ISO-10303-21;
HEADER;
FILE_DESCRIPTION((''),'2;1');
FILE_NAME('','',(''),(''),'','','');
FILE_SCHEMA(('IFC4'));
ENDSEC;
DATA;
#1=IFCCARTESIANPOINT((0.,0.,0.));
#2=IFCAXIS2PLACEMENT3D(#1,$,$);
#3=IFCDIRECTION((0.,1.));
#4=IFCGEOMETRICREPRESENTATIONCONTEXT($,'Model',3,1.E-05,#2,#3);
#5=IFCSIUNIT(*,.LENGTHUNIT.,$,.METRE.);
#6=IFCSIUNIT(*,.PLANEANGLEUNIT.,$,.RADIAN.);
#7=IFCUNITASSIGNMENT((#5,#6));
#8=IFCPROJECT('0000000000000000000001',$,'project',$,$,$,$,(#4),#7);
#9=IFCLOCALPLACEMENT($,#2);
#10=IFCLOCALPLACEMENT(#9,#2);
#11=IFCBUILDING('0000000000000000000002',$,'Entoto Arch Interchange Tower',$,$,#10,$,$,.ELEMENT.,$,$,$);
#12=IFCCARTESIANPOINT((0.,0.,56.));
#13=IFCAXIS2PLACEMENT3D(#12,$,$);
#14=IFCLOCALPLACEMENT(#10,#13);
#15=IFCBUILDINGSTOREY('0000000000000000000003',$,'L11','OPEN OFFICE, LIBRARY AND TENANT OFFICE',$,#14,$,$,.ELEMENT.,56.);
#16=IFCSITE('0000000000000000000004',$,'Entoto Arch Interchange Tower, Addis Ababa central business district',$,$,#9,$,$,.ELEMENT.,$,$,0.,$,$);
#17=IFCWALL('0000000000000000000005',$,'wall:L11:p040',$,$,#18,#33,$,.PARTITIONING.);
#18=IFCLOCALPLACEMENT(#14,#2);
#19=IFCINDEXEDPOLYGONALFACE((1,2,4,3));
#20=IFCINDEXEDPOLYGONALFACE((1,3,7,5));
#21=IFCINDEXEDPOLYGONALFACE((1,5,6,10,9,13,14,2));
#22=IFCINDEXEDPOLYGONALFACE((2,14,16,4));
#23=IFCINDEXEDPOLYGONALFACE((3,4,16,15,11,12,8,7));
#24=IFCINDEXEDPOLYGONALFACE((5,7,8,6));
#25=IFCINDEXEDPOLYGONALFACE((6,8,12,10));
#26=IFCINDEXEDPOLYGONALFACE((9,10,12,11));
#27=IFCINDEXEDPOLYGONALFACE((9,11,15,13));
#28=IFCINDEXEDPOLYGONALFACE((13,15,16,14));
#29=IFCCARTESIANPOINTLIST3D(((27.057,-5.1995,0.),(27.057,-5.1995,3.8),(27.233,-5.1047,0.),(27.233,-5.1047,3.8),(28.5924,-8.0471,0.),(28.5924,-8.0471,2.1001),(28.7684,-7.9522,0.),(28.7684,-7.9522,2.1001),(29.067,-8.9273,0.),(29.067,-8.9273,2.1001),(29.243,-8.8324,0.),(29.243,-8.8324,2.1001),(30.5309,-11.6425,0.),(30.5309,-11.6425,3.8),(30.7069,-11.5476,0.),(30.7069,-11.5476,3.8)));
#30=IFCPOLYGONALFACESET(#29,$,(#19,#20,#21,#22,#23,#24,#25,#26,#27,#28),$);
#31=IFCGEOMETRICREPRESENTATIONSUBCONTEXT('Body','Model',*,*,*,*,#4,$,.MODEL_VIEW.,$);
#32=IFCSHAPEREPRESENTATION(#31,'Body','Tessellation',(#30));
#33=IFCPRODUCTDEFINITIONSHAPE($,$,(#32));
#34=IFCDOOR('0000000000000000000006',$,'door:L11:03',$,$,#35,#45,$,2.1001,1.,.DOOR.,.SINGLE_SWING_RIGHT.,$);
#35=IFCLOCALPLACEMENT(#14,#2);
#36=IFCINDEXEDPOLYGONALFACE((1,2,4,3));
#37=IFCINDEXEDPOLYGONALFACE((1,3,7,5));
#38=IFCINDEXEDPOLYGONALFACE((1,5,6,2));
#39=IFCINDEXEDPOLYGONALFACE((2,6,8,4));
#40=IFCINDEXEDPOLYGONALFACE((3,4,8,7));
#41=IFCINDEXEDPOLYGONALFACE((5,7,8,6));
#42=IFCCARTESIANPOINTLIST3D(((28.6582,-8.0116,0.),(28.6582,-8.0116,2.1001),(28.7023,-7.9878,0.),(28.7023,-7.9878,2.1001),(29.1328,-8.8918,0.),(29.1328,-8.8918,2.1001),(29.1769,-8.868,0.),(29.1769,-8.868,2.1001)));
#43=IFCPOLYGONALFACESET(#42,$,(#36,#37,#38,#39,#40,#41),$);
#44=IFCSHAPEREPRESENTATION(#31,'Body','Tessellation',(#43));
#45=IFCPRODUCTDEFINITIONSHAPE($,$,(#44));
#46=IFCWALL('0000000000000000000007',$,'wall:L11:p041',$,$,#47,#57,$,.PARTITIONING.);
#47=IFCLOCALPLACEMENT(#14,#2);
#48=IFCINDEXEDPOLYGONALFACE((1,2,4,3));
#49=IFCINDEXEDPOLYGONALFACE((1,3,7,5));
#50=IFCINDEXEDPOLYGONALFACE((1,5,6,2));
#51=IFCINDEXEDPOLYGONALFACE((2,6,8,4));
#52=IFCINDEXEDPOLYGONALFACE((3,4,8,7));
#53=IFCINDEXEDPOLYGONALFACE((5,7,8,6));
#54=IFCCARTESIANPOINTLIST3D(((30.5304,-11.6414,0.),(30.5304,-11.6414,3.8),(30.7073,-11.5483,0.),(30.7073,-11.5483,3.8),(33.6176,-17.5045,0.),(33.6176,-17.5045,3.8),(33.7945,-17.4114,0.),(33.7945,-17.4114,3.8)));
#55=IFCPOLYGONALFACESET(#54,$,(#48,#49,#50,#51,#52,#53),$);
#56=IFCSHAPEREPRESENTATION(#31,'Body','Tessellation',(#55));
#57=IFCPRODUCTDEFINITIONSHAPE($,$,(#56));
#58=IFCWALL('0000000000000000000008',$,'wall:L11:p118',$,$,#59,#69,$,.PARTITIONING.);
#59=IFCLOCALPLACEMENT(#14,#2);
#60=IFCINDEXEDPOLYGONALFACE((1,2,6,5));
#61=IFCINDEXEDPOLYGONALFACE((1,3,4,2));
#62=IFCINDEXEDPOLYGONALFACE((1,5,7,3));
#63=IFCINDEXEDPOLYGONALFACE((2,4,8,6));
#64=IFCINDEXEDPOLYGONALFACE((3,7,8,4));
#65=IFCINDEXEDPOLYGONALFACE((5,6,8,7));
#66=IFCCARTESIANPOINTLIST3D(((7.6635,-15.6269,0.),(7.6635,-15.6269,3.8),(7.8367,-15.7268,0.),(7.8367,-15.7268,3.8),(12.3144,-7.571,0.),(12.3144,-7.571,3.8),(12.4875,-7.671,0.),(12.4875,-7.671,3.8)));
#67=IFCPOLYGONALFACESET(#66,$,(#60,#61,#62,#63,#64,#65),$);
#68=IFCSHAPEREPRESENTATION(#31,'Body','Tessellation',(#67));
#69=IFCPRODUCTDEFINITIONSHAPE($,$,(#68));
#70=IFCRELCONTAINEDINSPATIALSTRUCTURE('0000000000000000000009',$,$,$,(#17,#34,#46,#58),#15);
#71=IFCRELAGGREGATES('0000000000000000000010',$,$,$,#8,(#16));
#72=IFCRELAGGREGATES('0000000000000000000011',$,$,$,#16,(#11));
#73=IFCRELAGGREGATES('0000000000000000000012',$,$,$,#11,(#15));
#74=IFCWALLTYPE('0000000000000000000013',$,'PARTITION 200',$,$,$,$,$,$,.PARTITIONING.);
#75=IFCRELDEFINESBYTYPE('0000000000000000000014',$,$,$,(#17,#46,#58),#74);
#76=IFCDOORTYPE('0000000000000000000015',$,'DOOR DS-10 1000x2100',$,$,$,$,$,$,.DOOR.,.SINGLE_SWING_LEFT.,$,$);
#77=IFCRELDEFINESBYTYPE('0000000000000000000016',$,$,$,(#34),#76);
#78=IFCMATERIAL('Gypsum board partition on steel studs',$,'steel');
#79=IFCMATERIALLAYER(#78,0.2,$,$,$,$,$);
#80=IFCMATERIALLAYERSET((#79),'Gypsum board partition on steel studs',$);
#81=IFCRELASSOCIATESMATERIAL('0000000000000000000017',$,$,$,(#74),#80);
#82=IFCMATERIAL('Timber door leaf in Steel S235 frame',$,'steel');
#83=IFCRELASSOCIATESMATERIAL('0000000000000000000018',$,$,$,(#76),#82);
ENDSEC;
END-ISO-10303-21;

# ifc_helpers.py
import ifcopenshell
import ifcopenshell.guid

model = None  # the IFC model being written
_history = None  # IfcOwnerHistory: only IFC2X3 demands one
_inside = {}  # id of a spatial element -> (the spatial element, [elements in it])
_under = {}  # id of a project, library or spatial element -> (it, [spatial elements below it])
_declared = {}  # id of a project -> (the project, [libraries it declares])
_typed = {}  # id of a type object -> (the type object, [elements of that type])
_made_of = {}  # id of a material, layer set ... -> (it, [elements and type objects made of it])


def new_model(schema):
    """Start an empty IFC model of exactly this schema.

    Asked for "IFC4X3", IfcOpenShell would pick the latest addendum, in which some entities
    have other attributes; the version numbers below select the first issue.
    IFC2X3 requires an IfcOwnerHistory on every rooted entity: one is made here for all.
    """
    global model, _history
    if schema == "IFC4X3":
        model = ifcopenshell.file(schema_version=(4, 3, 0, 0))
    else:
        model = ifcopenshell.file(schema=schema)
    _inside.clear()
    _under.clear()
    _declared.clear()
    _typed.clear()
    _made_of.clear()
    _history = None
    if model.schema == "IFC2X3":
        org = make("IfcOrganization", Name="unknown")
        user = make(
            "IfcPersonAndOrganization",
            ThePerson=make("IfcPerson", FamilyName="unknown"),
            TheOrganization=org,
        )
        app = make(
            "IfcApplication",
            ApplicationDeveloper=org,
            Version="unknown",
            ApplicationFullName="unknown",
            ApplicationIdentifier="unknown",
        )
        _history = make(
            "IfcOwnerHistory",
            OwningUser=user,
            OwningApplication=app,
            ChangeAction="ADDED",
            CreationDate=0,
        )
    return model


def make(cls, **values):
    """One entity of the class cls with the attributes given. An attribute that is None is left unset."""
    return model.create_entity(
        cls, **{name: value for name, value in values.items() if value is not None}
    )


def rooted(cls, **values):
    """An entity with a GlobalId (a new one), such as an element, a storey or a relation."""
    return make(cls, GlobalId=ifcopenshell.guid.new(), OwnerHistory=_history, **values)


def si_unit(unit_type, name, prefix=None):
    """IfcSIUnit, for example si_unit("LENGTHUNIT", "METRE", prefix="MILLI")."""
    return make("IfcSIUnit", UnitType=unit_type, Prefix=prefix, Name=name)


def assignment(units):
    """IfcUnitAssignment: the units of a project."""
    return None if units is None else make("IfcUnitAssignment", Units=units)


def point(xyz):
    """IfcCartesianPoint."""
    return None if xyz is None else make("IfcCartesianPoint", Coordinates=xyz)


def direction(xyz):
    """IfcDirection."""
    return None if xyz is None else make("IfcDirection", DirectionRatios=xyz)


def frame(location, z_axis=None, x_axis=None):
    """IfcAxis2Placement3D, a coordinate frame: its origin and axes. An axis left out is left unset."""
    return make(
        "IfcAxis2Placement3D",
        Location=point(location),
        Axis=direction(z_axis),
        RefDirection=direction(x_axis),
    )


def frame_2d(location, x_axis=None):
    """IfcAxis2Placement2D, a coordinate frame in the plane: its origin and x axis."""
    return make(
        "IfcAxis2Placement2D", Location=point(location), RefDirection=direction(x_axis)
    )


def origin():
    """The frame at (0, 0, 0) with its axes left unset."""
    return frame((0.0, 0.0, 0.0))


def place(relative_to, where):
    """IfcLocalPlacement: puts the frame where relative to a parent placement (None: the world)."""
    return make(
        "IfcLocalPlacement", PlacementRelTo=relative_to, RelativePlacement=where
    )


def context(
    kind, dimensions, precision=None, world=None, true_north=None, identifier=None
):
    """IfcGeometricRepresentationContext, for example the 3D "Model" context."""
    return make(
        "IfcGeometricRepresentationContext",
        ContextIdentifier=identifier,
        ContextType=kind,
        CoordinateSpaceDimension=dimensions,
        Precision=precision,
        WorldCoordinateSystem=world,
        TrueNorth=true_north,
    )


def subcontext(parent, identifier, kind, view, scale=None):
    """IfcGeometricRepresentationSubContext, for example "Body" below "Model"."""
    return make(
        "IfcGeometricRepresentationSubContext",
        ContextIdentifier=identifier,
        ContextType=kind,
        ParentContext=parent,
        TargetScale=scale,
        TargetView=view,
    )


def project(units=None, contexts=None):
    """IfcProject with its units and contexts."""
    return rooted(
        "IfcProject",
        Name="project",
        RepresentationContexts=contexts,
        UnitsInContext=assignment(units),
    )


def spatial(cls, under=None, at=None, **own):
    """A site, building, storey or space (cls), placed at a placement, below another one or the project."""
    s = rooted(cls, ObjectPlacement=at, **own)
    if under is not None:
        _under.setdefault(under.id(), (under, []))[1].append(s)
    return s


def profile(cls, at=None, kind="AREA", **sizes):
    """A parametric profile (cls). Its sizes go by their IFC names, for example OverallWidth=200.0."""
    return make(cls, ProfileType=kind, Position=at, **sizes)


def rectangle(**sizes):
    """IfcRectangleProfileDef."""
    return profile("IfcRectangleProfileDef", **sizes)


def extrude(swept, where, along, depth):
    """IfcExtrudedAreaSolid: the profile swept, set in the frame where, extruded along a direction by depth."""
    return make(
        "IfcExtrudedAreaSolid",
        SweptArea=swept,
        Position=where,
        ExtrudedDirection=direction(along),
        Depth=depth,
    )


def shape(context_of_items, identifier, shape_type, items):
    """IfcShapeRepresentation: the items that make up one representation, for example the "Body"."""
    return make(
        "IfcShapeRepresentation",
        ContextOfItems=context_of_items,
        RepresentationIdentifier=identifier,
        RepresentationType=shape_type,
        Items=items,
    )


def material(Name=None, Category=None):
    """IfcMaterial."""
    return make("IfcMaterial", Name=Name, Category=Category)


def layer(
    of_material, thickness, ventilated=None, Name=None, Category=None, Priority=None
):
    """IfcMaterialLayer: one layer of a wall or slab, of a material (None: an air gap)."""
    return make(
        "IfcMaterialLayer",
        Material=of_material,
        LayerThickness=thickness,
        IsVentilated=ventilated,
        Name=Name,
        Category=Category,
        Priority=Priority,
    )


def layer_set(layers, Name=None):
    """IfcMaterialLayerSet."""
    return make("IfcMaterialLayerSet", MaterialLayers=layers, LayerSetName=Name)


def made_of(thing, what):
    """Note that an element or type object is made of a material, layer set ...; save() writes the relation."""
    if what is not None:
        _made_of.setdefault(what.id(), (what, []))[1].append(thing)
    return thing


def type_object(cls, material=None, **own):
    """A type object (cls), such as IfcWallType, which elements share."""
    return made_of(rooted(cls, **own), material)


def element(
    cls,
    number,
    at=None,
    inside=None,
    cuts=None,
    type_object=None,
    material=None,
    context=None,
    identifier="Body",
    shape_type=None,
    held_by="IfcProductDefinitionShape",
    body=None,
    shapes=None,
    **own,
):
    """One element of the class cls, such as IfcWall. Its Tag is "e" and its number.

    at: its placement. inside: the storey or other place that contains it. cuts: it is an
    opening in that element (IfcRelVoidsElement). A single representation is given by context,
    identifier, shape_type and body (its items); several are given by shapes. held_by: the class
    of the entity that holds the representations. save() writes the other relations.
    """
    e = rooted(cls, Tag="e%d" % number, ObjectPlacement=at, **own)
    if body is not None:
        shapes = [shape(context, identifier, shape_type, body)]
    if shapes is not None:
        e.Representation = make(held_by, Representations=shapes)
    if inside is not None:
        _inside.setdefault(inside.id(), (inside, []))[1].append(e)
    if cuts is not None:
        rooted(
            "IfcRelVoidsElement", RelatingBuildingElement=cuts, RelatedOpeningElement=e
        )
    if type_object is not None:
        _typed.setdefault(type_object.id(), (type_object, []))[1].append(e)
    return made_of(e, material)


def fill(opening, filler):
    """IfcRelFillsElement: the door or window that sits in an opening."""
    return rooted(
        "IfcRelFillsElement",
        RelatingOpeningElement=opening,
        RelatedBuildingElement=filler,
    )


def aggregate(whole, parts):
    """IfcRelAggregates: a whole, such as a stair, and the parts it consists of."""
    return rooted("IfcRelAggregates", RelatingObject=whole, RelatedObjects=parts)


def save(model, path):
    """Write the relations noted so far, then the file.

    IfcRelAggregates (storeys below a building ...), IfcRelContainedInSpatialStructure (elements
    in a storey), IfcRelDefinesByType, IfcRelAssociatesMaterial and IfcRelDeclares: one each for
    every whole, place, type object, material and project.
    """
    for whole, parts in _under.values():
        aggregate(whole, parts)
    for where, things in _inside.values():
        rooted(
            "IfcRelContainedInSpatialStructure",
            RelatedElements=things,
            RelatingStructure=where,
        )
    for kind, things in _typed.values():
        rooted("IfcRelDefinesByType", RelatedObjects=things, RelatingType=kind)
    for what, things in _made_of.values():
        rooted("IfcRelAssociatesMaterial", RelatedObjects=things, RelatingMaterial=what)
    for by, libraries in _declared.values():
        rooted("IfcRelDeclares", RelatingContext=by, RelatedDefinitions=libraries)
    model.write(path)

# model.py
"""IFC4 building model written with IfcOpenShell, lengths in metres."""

from ifc_helpers import new_model, si_unit, direction, frame, frame_2d, origin, place, context, subcontext, project, spatial, rectangle, extrude, material, layer, layer_set, type_object, element, fill, save


model = new_model("IFC4")

# Units and contexts
model_context = context("Model", 3, precision=1e-05, world=origin(), true_north=direction((0.0, 1.0)))
body_context = subcontext(model_context, "Body", "Model", "MODEL_VIEW")
ifc_project = project(units=[si_unit("LENGTHUNIT", "METRE"), si_unit("PLANEANGLEUNIT", "RADIAN")], contexts=[model_context])

# Site, building, storey
site_placement = place(None, origin())
site = spatial("IfcSite", under=ifc_project, at=site_placement, Name="Entoto Arch Interchange Tower, Addis Ababa central business district", CompositionType="ELEMENT", RefElevation=0.0)
building_placement = place(site_placement, origin())
building = spatial("IfcBuilding", under=site, at=building_placement, Name="Entoto Arch Interchange Tower", CompositionType="ELEMENT")
storey_placement = place(building_placement, frame((0.0, 0.0, 56.0)))
storey = spatial("IfcBuildingStorey", under=building, at=storey_placement, Name="L11", Description="OPEN OFFICE, LIBRARY AND TENANT OFFICE", CompositionType="ELEMENT", Elevation=56.0)

# Shared definitions
ifc_material_1 = material(Name="Gypsum board partition on steel studs", Category="steel")
ifc_layer_1 = layer(ifc_material_1, 0.2)
ifc_layer_set_1 = layer_set([ifc_layer_1], Name="Gypsum board partition on steel studs")
wall_type_1 = type_object("IfcWallType", Name="PARTITION 200", PredefinedType="PARTITIONING", material=ifc_layer_set_1)

# Wall, opening, door
wall_1_placement = place(storey_placement, frame((27.145, -5.1521, 0.0), z_axis=(0.0, 0.0, 1.0), x_axis=(0.474591, -0.880206, 0.0)))
wall_1 = element("IfcWall", 1, at=wall_1_placement, inside=storey, type_object=wall_type_1, Name="wall:L11:p040", PredefinedType="PARTITIONING", context=body_context, shape_type="SweptSolid", body=[
    extrude(rectangle(XDim=7.3198, YDim=0.2, at=frame_2d((3.6599, 0.0))), origin(), (0.0, 0.0, 1.0), 3.8),
])
opening_1_placement = place(wall_1_placement, frame((3.2351, 0.0, 0.0)))
opening_1 = element("IfcOpeningElement", 2, at=opening_1_placement, cuts=wall_1, PredefinedType="OPENING", context=body_context, shape_type="SweptSolid", body=[
    extrude(rectangle(XDim=1.0, YDim=2.1001, at=frame_2d((0.5, 1.05))), frame((0.0, 0.1099, 0.0), z_axis=(0.0, -1.0, 0.0), x_axis=(1.0, 0.0, 0.0)), (0.0, 0.0, 1.0), 0.22),
])
ifc_material_2 = material(Name="Timber door leaf in Steel S235 frame", Category="steel")
door_type_1 = type_object("IfcDoorType", Name="DOOR DS-10 1000x2100", OperationType="SINGLE_SWING_LEFT", PredefinedType="DOOR", material=ifc_material_2)
door_1_placement = place(opening_1_placement, origin())
door_1 = element("IfcDoor", 3, at=door_1_placement, inside=storey, type_object=door_type_1, Name="door:L11:03", OperationType="SINGLE_SWING_RIGHT", OverallHeight=2.1001, OverallWidth=1.0, PredefinedType="DOOR", context=body_context, shape_type="SweptSolid", body=[
    extrude(rectangle(XDim=1.0, YDim=2.1001, at=frame_2d((0.5, 1.05))), frame((0.0, 0.0249, 0.0), z_axis=(0.0, -1.0, 0.0), x_axis=(1.0, 0.0, 0.0)), (0.0, 0.0, 1.0), 0.05),
])
fill(opening_1, door_1)

# Walls
wall_2_placement = place(storey_placement, frame((30.6189, -11.595, 0.0), z_axis=(0.0, 0.0, 1.0), x_axis=(0.465906, -0.884834, 0.0)))
element("IfcWall", 4, at=wall_2_placement, inside=storey, type_object=wall_type_1, Name="wall:L11:p041", PredefinedType="PARTITIONING", context=body_context, shape_type="SweptSolid", body=[
    extrude(rectangle(XDim=6.6262, YDim=0.2, at=frame_2d((3.313, 0.0))), origin(), (0.0, 0.0, 1.0), 3.8),
])
wall_3_placement = place(storey_placement, frame((12.4009, -7.6211, 0.0), z_axis=(0.0, 0.0, 1.0), x_axis=(-0.499984, -0.866035, 0.0)))
element("IfcWall", 5, at=wall_3_placement, inside=storey, type_object=wall_type_1, Name="wall:L11:p118", PredefinedType="PARTITIONING", context=body_context, shape_type="SweptSolid", body=[
    extrude(rectangle(XDim=9.302, YDim=0.2, at=frame_2d((4.6509, 0.0))), origin(), (0.0, 0.0, 1.0), 3.8),
])

save(model, "model.ifc")
